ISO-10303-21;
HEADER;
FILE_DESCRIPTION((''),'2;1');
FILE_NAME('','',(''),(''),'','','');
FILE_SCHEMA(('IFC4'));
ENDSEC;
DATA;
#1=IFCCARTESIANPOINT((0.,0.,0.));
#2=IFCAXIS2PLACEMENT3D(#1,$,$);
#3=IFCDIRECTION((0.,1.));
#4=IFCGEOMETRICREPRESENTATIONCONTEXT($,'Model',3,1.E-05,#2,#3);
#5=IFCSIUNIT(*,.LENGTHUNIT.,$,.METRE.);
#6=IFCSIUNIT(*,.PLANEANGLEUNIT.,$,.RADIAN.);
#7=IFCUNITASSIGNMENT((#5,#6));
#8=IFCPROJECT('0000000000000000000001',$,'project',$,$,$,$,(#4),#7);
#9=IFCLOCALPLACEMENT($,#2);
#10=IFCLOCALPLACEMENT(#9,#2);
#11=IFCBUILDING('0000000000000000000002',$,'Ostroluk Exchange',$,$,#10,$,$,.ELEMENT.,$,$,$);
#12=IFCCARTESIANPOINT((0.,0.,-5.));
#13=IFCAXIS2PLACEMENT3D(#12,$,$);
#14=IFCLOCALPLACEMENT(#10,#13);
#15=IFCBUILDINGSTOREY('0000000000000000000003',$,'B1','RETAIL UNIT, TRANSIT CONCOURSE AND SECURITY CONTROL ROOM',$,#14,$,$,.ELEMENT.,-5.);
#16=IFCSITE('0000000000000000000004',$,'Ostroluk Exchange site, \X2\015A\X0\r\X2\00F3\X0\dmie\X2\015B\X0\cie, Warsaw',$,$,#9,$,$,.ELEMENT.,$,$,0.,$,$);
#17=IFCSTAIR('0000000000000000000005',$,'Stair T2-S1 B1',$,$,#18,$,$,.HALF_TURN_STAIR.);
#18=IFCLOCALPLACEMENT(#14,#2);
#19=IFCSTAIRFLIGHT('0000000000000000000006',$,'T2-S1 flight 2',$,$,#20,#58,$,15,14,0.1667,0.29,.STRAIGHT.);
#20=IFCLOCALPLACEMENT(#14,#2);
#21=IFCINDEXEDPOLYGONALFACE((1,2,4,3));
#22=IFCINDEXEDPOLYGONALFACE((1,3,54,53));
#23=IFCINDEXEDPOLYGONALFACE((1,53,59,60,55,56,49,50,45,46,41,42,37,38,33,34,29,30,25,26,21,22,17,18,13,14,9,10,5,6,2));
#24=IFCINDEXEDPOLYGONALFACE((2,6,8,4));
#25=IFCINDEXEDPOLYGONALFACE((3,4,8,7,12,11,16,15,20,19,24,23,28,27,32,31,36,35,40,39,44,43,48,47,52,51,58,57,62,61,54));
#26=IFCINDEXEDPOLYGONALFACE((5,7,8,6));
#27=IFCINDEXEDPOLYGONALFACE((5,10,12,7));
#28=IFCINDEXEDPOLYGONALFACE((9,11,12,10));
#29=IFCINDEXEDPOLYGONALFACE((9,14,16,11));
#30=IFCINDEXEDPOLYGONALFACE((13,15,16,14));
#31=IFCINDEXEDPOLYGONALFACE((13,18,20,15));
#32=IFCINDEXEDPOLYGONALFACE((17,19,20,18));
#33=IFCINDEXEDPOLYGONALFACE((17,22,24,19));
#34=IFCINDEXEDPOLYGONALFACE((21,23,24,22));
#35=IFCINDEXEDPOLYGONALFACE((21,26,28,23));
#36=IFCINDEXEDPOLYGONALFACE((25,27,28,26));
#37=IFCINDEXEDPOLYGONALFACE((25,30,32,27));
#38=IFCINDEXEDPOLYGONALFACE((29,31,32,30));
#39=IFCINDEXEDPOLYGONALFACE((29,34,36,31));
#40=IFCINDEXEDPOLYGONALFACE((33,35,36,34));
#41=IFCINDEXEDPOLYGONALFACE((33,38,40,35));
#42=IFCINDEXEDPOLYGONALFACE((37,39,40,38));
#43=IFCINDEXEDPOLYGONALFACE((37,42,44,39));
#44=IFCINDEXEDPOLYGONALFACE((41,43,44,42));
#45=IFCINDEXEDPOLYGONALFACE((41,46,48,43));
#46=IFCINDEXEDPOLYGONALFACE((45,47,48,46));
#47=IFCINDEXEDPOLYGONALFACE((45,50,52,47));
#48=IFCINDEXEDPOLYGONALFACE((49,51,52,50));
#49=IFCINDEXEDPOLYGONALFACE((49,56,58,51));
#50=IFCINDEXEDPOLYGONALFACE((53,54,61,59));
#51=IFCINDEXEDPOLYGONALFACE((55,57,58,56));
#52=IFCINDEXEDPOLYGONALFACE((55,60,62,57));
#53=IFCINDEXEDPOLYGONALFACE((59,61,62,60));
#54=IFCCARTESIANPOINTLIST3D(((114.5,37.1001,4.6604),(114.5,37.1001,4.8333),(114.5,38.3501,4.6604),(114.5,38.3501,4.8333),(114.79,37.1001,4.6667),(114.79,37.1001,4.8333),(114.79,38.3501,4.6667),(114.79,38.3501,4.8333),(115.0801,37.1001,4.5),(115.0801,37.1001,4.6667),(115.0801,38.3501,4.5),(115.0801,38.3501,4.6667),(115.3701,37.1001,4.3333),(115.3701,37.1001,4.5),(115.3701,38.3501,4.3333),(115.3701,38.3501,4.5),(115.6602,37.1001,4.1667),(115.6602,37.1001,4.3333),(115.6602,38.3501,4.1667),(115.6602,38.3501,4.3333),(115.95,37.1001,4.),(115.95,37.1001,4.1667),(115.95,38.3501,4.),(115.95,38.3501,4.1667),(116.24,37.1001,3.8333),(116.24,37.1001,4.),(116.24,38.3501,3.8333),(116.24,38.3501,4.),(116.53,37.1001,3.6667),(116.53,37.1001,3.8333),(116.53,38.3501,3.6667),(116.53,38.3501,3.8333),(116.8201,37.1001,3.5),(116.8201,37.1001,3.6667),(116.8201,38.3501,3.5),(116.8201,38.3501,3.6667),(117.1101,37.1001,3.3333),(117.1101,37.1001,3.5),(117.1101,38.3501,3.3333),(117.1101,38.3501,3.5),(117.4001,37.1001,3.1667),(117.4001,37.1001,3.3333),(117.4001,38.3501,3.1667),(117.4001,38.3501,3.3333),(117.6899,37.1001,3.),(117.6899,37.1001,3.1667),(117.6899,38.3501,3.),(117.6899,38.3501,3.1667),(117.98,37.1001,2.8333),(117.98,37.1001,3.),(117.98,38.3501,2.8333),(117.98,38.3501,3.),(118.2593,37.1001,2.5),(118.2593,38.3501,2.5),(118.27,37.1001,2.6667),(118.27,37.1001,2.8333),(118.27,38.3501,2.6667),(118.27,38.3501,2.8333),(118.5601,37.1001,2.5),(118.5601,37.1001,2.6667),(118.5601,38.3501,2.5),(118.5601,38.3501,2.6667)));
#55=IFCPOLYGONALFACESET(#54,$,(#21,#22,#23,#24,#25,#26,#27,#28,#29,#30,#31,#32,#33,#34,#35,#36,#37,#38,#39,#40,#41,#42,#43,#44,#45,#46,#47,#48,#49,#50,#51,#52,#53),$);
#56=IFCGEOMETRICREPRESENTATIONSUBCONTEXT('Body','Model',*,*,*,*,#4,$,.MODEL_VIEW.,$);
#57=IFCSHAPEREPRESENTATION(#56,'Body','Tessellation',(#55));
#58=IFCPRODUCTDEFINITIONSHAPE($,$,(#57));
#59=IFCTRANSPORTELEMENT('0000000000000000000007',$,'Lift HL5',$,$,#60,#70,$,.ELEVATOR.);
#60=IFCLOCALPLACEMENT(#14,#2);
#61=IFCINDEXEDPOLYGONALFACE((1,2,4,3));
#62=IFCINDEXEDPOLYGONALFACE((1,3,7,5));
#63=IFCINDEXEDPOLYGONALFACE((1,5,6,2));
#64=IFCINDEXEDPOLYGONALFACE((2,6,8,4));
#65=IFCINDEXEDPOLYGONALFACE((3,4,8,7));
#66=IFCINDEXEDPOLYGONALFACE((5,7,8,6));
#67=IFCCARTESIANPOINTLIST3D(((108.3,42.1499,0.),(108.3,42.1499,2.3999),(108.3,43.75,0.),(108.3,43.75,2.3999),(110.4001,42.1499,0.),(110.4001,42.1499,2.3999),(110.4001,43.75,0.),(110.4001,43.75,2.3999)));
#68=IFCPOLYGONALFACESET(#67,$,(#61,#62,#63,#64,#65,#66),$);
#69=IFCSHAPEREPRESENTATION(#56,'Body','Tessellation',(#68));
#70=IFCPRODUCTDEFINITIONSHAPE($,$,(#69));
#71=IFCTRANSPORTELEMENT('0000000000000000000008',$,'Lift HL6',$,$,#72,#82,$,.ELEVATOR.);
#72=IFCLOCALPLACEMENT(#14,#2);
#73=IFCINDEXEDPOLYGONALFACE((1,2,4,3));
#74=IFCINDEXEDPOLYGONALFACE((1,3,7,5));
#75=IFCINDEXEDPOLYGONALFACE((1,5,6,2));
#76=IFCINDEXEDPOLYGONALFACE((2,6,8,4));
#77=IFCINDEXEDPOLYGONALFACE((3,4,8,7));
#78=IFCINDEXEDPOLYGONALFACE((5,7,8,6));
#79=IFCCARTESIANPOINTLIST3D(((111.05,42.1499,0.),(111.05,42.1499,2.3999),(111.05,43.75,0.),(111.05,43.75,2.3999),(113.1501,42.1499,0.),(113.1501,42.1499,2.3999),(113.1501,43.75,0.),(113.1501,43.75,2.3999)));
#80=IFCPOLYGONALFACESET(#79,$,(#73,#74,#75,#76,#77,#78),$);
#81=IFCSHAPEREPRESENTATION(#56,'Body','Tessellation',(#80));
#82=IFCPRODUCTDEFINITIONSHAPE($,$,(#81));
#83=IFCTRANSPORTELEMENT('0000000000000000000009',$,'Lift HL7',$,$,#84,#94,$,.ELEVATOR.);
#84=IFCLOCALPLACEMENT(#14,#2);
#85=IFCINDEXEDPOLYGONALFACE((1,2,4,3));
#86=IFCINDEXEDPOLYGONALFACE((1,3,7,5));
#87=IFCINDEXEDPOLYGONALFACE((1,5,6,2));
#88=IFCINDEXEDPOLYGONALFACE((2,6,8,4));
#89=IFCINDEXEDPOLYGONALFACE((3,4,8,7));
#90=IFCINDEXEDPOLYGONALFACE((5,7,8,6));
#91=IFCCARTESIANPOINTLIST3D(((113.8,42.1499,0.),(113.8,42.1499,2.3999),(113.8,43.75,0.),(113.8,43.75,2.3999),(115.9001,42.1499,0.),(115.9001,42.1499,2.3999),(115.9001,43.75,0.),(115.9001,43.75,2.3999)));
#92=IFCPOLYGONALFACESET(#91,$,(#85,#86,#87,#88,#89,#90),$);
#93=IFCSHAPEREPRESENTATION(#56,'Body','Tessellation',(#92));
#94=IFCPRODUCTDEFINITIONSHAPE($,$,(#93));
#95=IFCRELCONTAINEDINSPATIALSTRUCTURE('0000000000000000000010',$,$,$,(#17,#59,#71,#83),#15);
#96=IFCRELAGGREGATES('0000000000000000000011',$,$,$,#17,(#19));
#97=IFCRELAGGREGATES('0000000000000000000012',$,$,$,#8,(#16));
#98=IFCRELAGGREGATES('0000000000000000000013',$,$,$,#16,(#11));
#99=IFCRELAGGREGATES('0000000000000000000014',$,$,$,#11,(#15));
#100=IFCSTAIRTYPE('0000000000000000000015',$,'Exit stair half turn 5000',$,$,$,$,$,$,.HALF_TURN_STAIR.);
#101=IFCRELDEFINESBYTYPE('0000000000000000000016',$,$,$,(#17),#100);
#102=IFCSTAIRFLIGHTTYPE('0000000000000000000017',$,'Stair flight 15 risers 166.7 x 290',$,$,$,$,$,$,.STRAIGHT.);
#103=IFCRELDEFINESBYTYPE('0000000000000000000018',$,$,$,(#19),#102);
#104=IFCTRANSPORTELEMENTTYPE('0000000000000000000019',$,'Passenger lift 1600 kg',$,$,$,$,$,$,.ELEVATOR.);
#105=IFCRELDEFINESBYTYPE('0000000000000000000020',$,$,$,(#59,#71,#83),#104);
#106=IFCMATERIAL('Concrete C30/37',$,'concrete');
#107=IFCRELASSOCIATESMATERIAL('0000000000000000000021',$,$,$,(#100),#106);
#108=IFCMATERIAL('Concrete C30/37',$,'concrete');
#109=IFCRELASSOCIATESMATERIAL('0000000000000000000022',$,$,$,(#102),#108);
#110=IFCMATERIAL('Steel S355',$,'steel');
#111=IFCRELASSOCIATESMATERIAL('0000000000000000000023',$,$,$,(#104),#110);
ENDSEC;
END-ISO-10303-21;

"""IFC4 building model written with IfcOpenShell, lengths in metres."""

from ifc_helpers import new_model, si_unit, direction, frame, origin, origin_2d, place, context, subcontext, project, spatial, polyline, rectangle, outline, extrude, material, type_object, element, aggregate, save


model = new_model("IFC4")

# Units and contexts
model_context = context("Model", 3, precision=1e-05, world=origin(), true_north=direction((0.0, 1.0)))
body_context = subcontext(model_context, "Body", "Model", "MODEL_VIEW")
ifc_project = project(units=[si_unit("LENGTHUNIT", "METRE"), si_unit("PLANEANGLEUNIT", "RADIAN")], contexts=[model_context])

# Site, building, storey
site_placement = place(None, origin())
site = spatial("IfcSite", under=ifc_project, at=site_placement, Name="Ostroluk Exchange site, Śródmieście, Warsaw", CompositionType="ELEMENT", RefElevation=0.0)
building_placement = place(site_placement, origin())
building = spatial("IfcBuilding", under=site, at=building_placement, Name="Ostroluk Exchange", CompositionType="ELEMENT")
storey_placement = place(building_placement, frame((0.0, 0.0, -5.0)))
storey = spatial("IfcBuildingStorey", under=building, at=storey_placement, Name="B1", Description="RETAIL UNIT, TRANSIT CONCOURSE AND SECURITY CONTROL ROOM", CompositionType="ELEMENT", Elevation=-5.0)

# Stair, stair flight
ifc_material_1 = material(Name="Concrete C30/37", Category="concrete")
stair_type = type_object("IfcStairType", Name="Exit stair half turn 5000", PredefinedType="HALF_TURN_STAIR", material=ifc_material_1)
stair_placement = place(storey_placement, origin())
stair = element("IfcStair", 1, at=stair_placement, inside=storey, type_object=stair_type, Name="Stair T2-S1 B1", PredefinedType="HALF_TURN_STAIR")
ifc_material_2 = material(Name="Concrete C30/37", Category="concrete")
stair_flight_type = type_object("IfcStairFlightType", Name="Stair flight 15 risers 166.7 x 290", PredefinedType="STRAIGHT", material=ifc_material_2)
stair_flight_1_placement = place(storey_placement, frame((118.5601, 37.7251, 2.5), z_axis=(0.0, 0.0, 1.0), x_axis=(-1.0, 0.0, 0.0)))
stair_flight_1 = element("IfcStairFlight", 2, at=stair_flight_1_placement, type_object=stair_flight_type, Name="T2-S1 flight 2", NumberOfRisers=15, NumberOfTreads=14, PredefinedType="STRAIGHT", RiserHeight=0.1667, TreadLength=0.29, context=body_context, shape_type="SweptSolid", body=[
    extrude(outline(polyline([(0.0, 0.0), (0.0, 0.1667), (0.29, 0.1667), (0.29, 0.3333), (0.5801, 0.3333), (0.5801, 0.5), (0.8701, 0.5), (0.8701, 0.6667), (1.1599, 0.6667), (1.1599, 0.8333), (1.45, 0.8333), (1.45, 1.0), (1.74, 1.0), (1.74, 1.1667), (2.03, 1.1667), (2.03, 1.3333), (2.3201, 1.3333), (2.3201, 1.5), (2.6101, 1.5), (2.6101, 1.6667), (2.8999, 1.6667), (2.8999, 1.8333), (3.1899, 1.8333), (3.1899, 2.0), (3.48, 2.0), (3.48, 2.1667), (3.77, 2.1667), (3.77, 2.3333), (4.0601, 2.3333), (4.0601, 2.5), (4.0601, 2.1604), (0.3008, 0.0), (0.0, 0.0)])), frame((0.0, 0.625, 0.0), z_axis=(0.0, -1.0, 0.0), x_axis=(1.0, 0.0, 0.0)), (0.0, 0.0, 1.0), 1.25),
])
aggregate(stair, [stair_flight_1])

# Transport elements
ifc_material_3 = material(Name="Steel S355", Category="steel")
transport_element_type = type_object("IfcTransportElementType", Name="Passenger lift 1600 kg", PredefinedType="ELEVATOR", material=ifc_material_3)
for number, where, z_axis, x_axis, name in (
    (3, (109.3501, 42.95, 0.0), (0.0, 0.0, 1.0), (1.0, 0.0, 0.0), "Lift HL5"),
    (4, (112.1001, 42.95, 0.0), (0.0, 0.0, 1.0), (1.0, 0.0, 0.0), "Lift HL6"),
    (5, (114.8501, 42.95, 0.0), (0.0, 0.0, 1.0), (1.0, 0.0, 0.0), "Lift HL7"),
):
    element("IfcTransportElement", number, at=place(storey_placement, frame(where, z_axis=z_axis, x_axis=x_axis)), inside=storey, type_object=transport_element_type, Name=name, PredefinedType="ELEVATOR", context=body_context, shape_type="SweptSolid", body=[
        extrude(rectangle(XDim=2.1001, YDim=1.6001, at=origin_2d()), origin(), (0.0, 0.0, 1.0), 2.3999),
    ])

save(model, "model.ifc")
